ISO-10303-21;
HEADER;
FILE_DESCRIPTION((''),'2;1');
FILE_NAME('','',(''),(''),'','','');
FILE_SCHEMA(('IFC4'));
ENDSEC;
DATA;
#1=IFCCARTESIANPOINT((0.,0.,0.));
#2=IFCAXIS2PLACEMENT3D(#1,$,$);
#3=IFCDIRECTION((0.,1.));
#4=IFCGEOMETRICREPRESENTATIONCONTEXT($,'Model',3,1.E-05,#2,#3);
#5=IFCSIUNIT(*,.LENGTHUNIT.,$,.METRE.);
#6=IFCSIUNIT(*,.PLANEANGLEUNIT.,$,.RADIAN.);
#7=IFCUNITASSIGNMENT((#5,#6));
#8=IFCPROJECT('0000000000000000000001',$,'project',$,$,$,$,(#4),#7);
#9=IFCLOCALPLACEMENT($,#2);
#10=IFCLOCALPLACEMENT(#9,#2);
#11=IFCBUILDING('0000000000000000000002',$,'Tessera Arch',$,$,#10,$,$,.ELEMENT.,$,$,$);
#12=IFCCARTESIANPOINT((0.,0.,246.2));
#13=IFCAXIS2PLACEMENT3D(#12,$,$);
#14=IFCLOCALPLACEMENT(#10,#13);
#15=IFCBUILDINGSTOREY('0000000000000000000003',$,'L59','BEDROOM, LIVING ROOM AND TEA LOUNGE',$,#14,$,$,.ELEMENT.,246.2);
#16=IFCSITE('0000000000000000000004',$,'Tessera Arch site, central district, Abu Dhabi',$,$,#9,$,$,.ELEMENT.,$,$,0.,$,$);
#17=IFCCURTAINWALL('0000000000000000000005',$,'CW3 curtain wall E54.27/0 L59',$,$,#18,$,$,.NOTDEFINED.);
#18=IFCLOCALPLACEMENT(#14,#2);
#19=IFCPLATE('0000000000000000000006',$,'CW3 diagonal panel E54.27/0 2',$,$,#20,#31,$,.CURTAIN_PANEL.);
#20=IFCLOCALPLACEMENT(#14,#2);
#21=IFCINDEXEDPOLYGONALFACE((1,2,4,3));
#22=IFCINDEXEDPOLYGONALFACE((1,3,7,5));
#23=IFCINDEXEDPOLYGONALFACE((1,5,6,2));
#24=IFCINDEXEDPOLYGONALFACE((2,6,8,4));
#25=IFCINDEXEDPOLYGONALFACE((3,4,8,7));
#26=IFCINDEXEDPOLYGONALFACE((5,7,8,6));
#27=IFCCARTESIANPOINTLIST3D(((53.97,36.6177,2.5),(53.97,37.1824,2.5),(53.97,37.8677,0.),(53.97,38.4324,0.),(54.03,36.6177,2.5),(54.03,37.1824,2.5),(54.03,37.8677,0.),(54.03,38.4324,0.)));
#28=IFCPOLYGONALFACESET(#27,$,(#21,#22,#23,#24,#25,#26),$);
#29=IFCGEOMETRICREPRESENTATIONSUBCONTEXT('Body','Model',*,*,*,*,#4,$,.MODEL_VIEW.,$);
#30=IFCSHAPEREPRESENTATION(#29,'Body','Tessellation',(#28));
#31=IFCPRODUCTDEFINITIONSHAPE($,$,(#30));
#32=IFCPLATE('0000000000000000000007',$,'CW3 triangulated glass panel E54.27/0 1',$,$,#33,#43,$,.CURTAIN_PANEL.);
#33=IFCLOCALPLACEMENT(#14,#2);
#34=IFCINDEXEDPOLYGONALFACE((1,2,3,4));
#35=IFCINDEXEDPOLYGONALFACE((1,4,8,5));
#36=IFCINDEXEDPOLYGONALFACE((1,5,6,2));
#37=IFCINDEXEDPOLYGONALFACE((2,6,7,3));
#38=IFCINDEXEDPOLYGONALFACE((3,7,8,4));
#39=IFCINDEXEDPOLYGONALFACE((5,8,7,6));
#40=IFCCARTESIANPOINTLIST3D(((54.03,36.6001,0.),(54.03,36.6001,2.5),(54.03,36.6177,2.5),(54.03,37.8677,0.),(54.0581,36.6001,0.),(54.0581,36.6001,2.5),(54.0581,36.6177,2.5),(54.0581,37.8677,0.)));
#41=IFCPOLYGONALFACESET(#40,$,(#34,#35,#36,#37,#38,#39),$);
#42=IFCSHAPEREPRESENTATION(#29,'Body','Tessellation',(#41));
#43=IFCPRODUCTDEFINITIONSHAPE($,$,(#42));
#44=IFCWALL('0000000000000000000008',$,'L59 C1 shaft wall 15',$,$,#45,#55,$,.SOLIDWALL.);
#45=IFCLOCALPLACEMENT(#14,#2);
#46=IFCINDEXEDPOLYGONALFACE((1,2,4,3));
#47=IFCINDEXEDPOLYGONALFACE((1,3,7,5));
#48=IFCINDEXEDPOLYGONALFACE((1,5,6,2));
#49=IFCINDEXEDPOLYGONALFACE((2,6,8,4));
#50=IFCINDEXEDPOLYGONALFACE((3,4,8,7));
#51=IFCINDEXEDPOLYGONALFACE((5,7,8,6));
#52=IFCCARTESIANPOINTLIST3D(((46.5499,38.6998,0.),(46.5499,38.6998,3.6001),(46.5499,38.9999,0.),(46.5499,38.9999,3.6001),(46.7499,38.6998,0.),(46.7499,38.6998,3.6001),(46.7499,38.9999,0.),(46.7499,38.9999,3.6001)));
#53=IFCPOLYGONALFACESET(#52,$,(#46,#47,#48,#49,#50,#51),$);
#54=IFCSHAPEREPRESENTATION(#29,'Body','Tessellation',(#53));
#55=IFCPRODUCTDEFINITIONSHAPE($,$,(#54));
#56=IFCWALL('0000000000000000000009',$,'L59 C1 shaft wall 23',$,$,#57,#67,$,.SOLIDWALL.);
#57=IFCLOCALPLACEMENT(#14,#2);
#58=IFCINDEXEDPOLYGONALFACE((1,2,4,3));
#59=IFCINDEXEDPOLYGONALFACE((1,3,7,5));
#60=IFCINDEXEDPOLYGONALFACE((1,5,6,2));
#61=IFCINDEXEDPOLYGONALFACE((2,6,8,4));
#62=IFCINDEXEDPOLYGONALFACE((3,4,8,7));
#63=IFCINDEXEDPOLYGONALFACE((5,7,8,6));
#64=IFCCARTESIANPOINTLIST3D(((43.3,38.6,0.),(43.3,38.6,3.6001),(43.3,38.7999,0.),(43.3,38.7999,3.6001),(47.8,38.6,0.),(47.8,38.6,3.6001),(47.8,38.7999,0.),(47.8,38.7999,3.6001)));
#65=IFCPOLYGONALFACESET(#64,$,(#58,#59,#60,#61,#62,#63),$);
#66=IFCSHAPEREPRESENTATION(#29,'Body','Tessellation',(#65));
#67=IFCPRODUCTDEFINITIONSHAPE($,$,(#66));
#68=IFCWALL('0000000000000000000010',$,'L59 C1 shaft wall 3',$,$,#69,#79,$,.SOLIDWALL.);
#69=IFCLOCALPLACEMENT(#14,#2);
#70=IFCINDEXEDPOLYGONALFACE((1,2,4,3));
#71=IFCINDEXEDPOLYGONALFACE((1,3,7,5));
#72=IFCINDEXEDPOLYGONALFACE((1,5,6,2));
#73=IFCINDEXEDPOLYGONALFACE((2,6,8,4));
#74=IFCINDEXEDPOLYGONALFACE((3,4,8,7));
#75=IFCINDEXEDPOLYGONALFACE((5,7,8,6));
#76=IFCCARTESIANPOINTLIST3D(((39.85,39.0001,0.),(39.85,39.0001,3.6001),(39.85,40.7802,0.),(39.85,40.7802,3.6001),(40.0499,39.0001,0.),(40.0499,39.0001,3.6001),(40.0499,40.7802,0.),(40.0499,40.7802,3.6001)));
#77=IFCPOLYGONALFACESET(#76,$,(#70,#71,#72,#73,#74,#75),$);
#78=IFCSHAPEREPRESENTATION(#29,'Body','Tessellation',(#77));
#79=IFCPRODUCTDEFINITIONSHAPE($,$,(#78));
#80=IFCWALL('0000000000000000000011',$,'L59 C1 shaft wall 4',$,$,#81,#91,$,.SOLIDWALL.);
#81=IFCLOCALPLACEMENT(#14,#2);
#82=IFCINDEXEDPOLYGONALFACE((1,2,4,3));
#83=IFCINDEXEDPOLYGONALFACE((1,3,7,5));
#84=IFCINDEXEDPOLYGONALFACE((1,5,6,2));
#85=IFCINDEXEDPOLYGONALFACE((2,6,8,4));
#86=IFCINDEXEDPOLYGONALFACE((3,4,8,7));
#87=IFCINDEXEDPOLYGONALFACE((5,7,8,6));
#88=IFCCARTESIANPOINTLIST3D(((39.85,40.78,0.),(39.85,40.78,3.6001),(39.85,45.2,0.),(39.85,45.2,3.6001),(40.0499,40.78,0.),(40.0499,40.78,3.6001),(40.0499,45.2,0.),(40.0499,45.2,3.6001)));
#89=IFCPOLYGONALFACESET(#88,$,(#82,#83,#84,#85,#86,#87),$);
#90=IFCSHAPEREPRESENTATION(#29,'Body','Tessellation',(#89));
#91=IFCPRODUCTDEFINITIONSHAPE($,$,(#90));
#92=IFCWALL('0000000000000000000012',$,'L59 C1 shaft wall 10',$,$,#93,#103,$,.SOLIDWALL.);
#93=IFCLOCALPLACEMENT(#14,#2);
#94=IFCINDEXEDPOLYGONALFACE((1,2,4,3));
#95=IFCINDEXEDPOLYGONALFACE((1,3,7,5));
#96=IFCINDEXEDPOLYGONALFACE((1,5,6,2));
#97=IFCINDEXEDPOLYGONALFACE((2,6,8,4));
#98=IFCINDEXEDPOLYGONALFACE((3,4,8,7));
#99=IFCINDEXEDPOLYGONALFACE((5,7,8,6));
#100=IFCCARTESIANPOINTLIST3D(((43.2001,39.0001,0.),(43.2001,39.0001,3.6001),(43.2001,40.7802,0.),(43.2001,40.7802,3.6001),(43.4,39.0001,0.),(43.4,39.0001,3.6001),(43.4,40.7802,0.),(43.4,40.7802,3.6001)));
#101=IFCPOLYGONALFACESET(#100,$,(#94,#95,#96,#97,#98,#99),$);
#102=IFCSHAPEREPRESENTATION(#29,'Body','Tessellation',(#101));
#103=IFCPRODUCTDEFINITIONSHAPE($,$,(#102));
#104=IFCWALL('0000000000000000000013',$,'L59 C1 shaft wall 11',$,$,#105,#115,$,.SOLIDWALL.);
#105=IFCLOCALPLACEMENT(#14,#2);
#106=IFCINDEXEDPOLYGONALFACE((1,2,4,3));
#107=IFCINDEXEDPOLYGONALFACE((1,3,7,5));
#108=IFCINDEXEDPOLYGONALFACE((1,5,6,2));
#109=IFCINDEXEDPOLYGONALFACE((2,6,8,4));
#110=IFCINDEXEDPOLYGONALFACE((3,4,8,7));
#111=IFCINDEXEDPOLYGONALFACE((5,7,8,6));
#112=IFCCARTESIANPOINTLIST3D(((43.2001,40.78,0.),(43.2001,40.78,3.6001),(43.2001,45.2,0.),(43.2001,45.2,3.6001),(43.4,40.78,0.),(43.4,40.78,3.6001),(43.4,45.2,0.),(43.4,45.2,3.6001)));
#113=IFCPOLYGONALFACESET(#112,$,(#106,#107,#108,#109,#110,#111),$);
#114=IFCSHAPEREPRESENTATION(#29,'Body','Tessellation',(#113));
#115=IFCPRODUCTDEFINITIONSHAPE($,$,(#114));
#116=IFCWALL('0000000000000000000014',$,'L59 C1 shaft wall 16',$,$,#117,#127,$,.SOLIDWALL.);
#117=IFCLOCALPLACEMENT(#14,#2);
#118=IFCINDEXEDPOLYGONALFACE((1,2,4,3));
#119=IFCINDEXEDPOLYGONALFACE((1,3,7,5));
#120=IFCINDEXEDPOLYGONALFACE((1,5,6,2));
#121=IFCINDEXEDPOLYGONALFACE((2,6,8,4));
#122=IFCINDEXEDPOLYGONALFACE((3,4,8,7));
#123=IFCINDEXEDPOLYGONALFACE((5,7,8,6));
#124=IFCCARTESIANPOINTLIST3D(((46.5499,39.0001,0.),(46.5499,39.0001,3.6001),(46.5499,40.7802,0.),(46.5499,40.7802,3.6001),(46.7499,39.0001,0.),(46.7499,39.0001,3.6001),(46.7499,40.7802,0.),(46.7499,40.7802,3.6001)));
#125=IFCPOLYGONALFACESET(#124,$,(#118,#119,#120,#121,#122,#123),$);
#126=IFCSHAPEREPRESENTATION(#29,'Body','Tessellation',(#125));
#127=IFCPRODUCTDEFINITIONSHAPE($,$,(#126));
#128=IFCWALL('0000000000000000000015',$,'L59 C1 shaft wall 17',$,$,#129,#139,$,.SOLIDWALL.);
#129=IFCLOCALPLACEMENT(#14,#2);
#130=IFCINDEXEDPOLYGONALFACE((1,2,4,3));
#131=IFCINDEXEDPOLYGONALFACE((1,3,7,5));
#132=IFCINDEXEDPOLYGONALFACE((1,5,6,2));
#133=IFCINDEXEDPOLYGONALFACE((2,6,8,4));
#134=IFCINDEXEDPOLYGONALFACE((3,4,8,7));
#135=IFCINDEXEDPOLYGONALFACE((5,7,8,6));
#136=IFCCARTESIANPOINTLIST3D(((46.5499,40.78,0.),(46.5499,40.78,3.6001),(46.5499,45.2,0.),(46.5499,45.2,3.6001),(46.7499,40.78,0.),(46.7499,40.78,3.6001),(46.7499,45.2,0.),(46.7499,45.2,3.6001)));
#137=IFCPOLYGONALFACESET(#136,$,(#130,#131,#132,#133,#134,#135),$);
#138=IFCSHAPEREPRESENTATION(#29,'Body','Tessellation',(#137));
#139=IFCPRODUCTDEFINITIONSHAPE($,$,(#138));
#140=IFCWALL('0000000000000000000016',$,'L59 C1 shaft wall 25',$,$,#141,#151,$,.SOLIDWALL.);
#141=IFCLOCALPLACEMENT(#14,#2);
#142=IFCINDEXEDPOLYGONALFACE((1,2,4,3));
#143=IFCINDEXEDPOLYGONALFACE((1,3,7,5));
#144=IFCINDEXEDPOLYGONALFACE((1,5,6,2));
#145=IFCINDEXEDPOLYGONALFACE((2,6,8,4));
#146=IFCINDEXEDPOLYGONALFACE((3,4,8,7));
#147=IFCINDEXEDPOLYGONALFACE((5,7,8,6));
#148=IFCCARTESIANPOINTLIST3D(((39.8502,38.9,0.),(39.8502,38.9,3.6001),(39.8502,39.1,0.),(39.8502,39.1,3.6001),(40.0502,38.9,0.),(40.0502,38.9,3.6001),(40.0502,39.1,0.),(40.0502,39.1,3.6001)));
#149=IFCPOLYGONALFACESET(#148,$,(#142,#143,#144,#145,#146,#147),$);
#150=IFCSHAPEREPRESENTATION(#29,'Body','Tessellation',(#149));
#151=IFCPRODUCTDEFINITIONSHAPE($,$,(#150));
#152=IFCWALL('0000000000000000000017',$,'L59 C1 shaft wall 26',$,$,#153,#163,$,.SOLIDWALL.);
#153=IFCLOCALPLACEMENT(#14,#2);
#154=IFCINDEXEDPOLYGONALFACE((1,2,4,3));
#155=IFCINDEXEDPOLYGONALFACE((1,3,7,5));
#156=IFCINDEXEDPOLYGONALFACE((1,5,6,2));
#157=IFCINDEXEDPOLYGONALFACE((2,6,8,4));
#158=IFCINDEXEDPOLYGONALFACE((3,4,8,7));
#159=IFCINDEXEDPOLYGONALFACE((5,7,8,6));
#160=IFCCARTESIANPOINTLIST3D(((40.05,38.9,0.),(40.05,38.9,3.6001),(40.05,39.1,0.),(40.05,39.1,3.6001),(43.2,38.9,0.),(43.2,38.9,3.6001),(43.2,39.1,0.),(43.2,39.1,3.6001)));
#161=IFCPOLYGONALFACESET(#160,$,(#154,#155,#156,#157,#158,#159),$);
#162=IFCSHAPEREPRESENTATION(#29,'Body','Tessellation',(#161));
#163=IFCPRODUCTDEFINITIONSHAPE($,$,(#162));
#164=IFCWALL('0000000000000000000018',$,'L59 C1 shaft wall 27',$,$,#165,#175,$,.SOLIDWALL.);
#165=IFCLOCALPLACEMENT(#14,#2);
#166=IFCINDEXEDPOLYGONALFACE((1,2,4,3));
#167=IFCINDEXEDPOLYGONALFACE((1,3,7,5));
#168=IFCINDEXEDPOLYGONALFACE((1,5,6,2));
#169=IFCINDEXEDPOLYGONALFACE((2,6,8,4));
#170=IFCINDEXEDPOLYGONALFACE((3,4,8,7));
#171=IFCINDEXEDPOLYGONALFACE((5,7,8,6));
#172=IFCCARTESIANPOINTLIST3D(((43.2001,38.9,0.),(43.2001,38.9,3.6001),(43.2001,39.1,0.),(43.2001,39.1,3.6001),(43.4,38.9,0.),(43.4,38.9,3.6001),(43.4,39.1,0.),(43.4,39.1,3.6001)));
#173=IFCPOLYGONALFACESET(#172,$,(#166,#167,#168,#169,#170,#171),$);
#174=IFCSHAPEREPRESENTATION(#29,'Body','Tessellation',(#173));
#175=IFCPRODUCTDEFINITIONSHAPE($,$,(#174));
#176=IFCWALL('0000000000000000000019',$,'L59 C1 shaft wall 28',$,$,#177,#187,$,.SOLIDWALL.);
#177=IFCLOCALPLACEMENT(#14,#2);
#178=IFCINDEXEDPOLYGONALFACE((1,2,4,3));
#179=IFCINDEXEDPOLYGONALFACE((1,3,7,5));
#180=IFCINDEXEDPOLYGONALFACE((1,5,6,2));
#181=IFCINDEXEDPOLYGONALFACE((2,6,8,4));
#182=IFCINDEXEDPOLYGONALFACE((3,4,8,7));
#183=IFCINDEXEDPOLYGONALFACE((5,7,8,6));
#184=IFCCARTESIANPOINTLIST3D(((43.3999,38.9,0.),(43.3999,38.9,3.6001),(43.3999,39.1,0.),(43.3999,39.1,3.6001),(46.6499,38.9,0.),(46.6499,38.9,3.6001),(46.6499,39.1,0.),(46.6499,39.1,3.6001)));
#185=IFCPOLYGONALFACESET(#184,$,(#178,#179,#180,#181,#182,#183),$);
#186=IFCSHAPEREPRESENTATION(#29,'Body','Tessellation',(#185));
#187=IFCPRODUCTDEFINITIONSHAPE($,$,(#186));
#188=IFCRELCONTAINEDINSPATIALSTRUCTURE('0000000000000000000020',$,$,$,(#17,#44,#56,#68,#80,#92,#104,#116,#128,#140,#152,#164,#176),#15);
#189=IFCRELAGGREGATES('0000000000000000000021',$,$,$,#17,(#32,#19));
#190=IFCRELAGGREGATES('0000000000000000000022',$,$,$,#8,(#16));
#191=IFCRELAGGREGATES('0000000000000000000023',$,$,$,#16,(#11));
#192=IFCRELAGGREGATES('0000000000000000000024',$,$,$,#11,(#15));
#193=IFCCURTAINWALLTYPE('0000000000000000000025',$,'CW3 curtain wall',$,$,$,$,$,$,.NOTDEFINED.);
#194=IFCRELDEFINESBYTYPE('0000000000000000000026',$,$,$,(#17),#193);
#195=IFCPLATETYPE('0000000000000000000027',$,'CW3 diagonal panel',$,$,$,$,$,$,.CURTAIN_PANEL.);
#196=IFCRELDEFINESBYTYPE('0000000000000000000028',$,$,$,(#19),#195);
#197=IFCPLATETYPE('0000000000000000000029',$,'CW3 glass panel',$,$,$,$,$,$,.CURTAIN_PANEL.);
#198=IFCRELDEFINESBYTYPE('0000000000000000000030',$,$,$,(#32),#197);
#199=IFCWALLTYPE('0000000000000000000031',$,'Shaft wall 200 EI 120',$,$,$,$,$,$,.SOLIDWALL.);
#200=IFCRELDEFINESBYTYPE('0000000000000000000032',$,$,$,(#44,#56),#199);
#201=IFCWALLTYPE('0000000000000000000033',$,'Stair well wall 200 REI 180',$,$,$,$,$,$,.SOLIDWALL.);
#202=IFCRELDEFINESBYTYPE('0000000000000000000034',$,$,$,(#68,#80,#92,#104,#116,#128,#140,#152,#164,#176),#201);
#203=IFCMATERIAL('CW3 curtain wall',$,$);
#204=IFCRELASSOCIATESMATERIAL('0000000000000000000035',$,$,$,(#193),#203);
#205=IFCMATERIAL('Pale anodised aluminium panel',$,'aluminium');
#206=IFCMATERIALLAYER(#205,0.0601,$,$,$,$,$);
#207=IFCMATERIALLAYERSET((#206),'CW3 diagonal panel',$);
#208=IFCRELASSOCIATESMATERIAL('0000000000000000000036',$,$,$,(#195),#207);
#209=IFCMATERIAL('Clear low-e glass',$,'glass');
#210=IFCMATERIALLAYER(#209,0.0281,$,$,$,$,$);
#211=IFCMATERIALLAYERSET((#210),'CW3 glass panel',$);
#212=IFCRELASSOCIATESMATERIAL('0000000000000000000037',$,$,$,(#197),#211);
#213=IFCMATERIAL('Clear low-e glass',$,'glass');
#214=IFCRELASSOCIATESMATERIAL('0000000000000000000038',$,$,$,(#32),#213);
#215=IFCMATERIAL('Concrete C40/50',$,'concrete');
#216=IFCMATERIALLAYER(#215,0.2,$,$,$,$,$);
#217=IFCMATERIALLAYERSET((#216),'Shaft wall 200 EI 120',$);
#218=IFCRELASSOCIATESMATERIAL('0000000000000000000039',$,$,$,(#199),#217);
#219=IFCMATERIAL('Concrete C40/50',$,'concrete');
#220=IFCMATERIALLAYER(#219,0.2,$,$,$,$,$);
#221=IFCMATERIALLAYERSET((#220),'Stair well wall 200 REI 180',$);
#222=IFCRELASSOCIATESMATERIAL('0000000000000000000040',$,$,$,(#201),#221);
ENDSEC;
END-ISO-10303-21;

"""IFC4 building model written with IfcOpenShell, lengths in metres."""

from ifc_helpers import new_model, si_unit, direction, frame, frame_2d, origin, place, context, subcontext, project, spatial, polyline, rectangle, outline, extrude, material, layer, layer_set, type_object, element, aggregate, save


model = new_model("IFC4")

# Units and contexts
model_context = context("Model", 3, precision=1e-05, world=origin(), true_north=direction((0.0, 1.0)))
body_context = subcontext(model_context, "Body", "Model", "MODEL_VIEW")
ifc_project = project(units=[si_unit("LENGTHUNIT", "METRE"), si_unit("PLANEANGLEUNIT", "RADIAN")], contexts=[model_context])

# Site, building, storey
site_placement = place(None, origin())
site = spatial("IfcSite", under=ifc_project, at=site_placement, Name="Tessera Arch site, central district, Abu Dhabi", CompositionType="ELEMENT", RefElevation=0.0)
building_placement = place(site_placement, origin())
building = spatial("IfcBuilding", under=site, at=building_placement, Name="Tessera Arch", CompositionType="ELEMENT")
storey_placement = place(building_placement, frame((0.0, 0.0, 246.2)))
storey = spatial("IfcBuildingStorey", under=building, at=storey_placement, Name="L59", Description="BEDROOM, LIVING ROOM AND TEA LOUNGE", CompositionType="ELEMENT", Elevation=246.2)

# Curtain wall, plates
ifc_material_1 = material(Name="CW3 curtain wall")
curtain_wall_type = type_object("IfcCurtainWallType", Name="CW3 curtain wall", PredefinedType="NOTDEFINED", material=ifc_material_1)
curtain_wall_placement = place(storey_placement, origin())
curtain_wall = element("IfcCurtainWall", 1, at=curtain_wall_placement, inside=storey, type_object=curtain_wall_type, Name="CW3 curtain wall E54.27/0 L59", PredefinedType="NOTDEFINED")
ifc_material_2 = material(Name="Pale anodised aluminium panel", Category="aluminium")
ifc_layer_1 = layer(ifc_material_2, 0.0601)
ifc_layer_set_1 = layer_set([ifc_layer_1], Name="CW3 diagonal panel")
plate_type_1 = type_object("IfcPlateType", Name="CW3 diagonal panel", PredefinedType="CURTAIN_PANEL", material=ifc_layer_set_1)
plate_1_placement = place(storey_placement, frame((54.03, 37.1824, 2.5), z_axis=(1.0, 0.0, 0.0), x_axis=(0.0, -1.0, 0.0)))
plate_1 = element("IfcPlate", 2, at=plate_1_placement, type_object=plate_type_1, Name="CW3 diagonal panel E54.27/0 2", PredefinedType="CURTAIN_PANEL", context=body_context, shape_type="SweptSolid", body=[
    extrude(outline(polyline([(0.0, 0.0), (0.5647, 0.0), (-0.6853, 2.5), (-1.25, 2.5), (0.0, 0.0)])), origin(), (0.0, 0.0, -1.0), 0.0601),
])
ifc_material_3 = material(Name="Clear low-e glass", Category="glass")
ifc_material_4 = material(Name="Clear low-e glass", Category="glass")
ifc_layer_2 = layer(ifc_material_4, 0.0281)
ifc_layer_set_2 = layer_set([ifc_layer_2], Name="CW3 glass panel")
plate_type_2 = type_object("IfcPlateType", Name="CW3 glass panel", PredefinedType="CURTAIN_PANEL", material=ifc_layer_set_2)
plate_2_placement = place(storey_placement, frame((54.0581, 36.6001, 0.0), z_axis=(1.0, 0.0, 0.0), x_axis=(0.0, 1.0, 0.0)))
plate_2 = element("IfcPlate", 3, at=plate_2_placement, type_object=plate_type_2, material=ifc_material_3, Name="CW3 triangulated glass panel E54.27/0 1", PredefinedType="CURTAIN_PANEL", context=body_context, shape_type="SweptSolid", body=[
    extrude(outline(polyline([(0.0, 0.0), (1.2676, 0.0), (0.0176, 2.5), (0.0, 2.5), (0.0, 0.0)])), origin(), (0.0, 0.0, -1.0), 0.0281),
])
aggregate(curtain_wall, [plate_2, plate_1])

# Walls
ifc_material_5 = material(Name="Concrete C40/50", Category="concrete")
ifc_layer_3 = layer(ifc_material_5, 0.2)
ifc_layer_set_3 = layer_set([ifc_layer_3], Name="Shaft wall 200 EI 120")
wall_type_1 = type_object("IfcWallType", Name="Shaft wall 200 EI 120", PredefinedType="SOLIDWALL", material=ifc_layer_set_3)
wall_1_placement = place(storey_placement, frame((46.6499, 38.7, 0.0), z_axis=(0.0, 0.0, 1.0), x_axis=(0.0, 1.0, 0.0)))
element("IfcWall", 4, at=wall_1_placement, inside=storey, type_object=wall_type_1, Name="L59 C1 shaft wall 15", PredefinedType="SOLIDWALL", context=body_context, shape_type="SweptSolid", body=[
    extrude(rectangle(XDim=0.3, YDim=0.2, at=frame_2d((0.1499, 0.0))), origin(), (0.0, 0.0, 1.0), 3.6001),
])
wall_2_placement = place(storey_placement, frame((43.3, 38.7, 0.0), z_axis=(0.0, 0.0, 1.0), x_axis=(1.0, 0.0, 0.0)))
element("IfcWall", 5, at=wall_2_placement, inside=storey, type_object=wall_type_1, Name="L59 C1 shaft wall 23", PredefinedType="SOLIDWALL", context=body_context, shape_type="SweptSolid", body=[
    extrude(rectangle(XDim=4.5, YDim=0.2, at=frame_2d((2.25, 0.0))), origin(), (0.0, 0.0, 1.0), 3.6001),
])
ifc_material_6 = material(Name="Concrete C40/50", Category="concrete")
ifc_layer_4 = layer(ifc_material_6, 0.2)
ifc_layer_set_4 = layer_set([ifc_layer_4], Name="Stair well wall 200 REI 180")
wall_type_2 = type_object("IfcWallType", Name="Stair well wall 200 REI 180", PredefinedType="SOLIDWALL", material=ifc_layer_set_4)
wall_3_placement = place(storey_placement, frame((39.95, 39.0, 0.0), z_axis=(0.0, 0.0, 1.0), x_axis=(0.0, 1.0, 0.0)))
element("IfcWall", 6, at=wall_3_placement, inside=storey, type_object=wall_type_2, Name="L59 C1 shaft wall 3", PredefinedType="SOLIDWALL", context=body_context, shape_type="SweptSolid", body=[
    extrude(rectangle(XDim=1.78, YDim=0.2, at=frame_2d((0.8901, 0.0))), origin(), (0.0, 0.0, 1.0), 3.6001),
])
wall_4_placement = place(storey_placement, frame((39.95, 40.78, 0.0), z_axis=(0.0, 0.0, 1.0), x_axis=(0.0, 1.0, 0.0)))
element("IfcWall", 7, at=wall_4_placement, inside=storey, type_object=wall_type_2, Name="L59 C1 shaft wall 4", PredefinedType="SOLIDWALL", context=body_context, shape_type="SweptSolid", body=[
    extrude(rectangle(XDim=4.4199, YDim=0.2, at=frame_2d((2.21, 0.0))), origin(), (0.0, 0.0, 1.0), 3.6001),
])
wall_5_placement = place(storey_placement, frame((43.3, 39.0, 0.0), z_axis=(0.0, 0.0, 1.0), x_axis=(0.0, 1.0, 0.0)))
element("IfcWall", 8, at=wall_5_placement, inside=storey, type_object=wall_type_2, Name="L59 C1 shaft wall 10", PredefinedType="SOLIDWALL", context=body_context, shape_type="SweptSolid", body=[
    extrude(rectangle(XDim=1.78, YDim=0.2, at=frame_2d((0.8901, 0.0))), origin(), (0.0, 0.0, 1.0), 3.6001),
])
wall_6_placement = place(storey_placement, frame((43.3, 40.78, 0.0), z_axis=(0.0, 0.0, 1.0), x_axis=(0.0, 1.0, 0.0)))
element("IfcWall", 9, at=wall_6_placement, inside=storey, type_object=wall_type_2, Name="L59 C1 shaft wall 11", PredefinedType="SOLIDWALL", context=body_context, shape_type="SweptSolid", body=[
    extrude(rectangle(XDim=4.4199, YDim=0.2, at=frame_2d((2.21, 0.0))), origin(), (0.0, 0.0, 1.0), 3.6001),
])
wall_7_placement = place(storey_placement, frame((46.6499, 39.0, 0.0), z_axis=(0.0, 0.0, 1.0), x_axis=(0.0, 1.0, 0.0)))
element("IfcWall", 10, at=wall_7_placement, inside=storey, type_object=wall_type_2, Name="L59 C1 shaft wall 16", PredefinedType="SOLIDWALL", context=body_context, shape_type="SweptSolid", body=[
    extrude(rectangle(XDim=1.78, YDim=0.2, at=frame_2d((0.8901, 0.0))), origin(), (0.0, 0.0, 1.0), 3.6001),
])
wall_8_placement = place(storey_placement, frame((46.6499, 40.78, 0.0), z_axis=(0.0, 0.0, 1.0), x_axis=(0.0, 1.0, 0.0)))
element("IfcWall", 11, at=wall_8_placement, inside=storey, type_object=wall_type_2, Name="L59 C1 shaft wall 17", PredefinedType="SOLIDWALL", context=body_context, shape_type="SweptSolid", body=[
    extrude(rectangle(XDim=4.4199, YDim=0.2, at=frame_2d((2.21, 0.0))), origin(), (0.0, 0.0, 1.0), 3.6001),
])
wall_9_placement = place(storey_placement, frame((39.8501, 39.0, 0.0), z_axis=(0.0, 0.0, 1.0), x_axis=(1.0, 0.0, 0.0)))
element("IfcWall", 12, at=wall_9_placement, inside=storey, type_object=wall_type_2, Name="L59 C1 shaft wall 25", PredefinedType="SOLIDWALL", context=body_context, shape_type="SweptSolid", body=[
    extrude(rectangle(XDim=0.2, YDim=0.2, at=frame_2d((0.1001, 0.0))), origin(), (0.0, 0.0, 1.0), 3.6001),
])
wall_10_placement = place(storey_placement, frame((40.05, 39.0, 0.0), z_axis=(0.0, 0.0, 1.0), x_axis=(1.0, 0.0, 0.0)))
element("IfcWall", 13, at=wall_10_placement, inside=storey, type_object=wall_type_2, Name="L59 C1 shaft wall 26", PredefinedType="SOLIDWALL", context=body_context, shape_type="SweptSolid", body=[
    extrude(rectangle(XDim=3.1499, YDim=0.2, at=frame_2d((1.575, 0.0))), origin(), (0.0, 0.0, 1.0), 3.6001),
])
wall_11_placement = place(storey_placement, frame((43.2, 39.0, 0.0), z_axis=(0.0, 0.0, 1.0), x_axis=(1.0, 0.0, 0.0)))
element("IfcWall", 14, at=wall_11_placement, inside=storey, type_object=wall_type_2, Name="L59 C1 shaft wall 27", PredefinedType="SOLIDWALL", context=body_context, shape_type="SweptSolid", body=[
    extrude(rectangle(XDim=0.2, YDim=0.2, at=frame_2d((0.1001, 0.0))), origin(), (0.0, 0.0, 1.0), 3.6001),
])
wall_12_placement = place(storey_placement, frame((43.3999, 39.0, 0.0), z_axis=(0.0, 0.0, 1.0), x_axis=(1.0, 0.0, 0.0)))
element("IfcWall", 15, at=wall_12_placement, inside=storey, type_object=wall_type_2, Name="L59 C1 shaft wall 28", PredefinedType="SOLIDWALL", context=body_context, shape_type="SweptSolid", body=[
    extrude(rectangle(XDim=3.25, YDim=0.2, at=frame_2d((1.625, 0.0))), origin(), (0.0, 0.0, 1.0), 3.6001),
])

save(model, "model.ifc")
